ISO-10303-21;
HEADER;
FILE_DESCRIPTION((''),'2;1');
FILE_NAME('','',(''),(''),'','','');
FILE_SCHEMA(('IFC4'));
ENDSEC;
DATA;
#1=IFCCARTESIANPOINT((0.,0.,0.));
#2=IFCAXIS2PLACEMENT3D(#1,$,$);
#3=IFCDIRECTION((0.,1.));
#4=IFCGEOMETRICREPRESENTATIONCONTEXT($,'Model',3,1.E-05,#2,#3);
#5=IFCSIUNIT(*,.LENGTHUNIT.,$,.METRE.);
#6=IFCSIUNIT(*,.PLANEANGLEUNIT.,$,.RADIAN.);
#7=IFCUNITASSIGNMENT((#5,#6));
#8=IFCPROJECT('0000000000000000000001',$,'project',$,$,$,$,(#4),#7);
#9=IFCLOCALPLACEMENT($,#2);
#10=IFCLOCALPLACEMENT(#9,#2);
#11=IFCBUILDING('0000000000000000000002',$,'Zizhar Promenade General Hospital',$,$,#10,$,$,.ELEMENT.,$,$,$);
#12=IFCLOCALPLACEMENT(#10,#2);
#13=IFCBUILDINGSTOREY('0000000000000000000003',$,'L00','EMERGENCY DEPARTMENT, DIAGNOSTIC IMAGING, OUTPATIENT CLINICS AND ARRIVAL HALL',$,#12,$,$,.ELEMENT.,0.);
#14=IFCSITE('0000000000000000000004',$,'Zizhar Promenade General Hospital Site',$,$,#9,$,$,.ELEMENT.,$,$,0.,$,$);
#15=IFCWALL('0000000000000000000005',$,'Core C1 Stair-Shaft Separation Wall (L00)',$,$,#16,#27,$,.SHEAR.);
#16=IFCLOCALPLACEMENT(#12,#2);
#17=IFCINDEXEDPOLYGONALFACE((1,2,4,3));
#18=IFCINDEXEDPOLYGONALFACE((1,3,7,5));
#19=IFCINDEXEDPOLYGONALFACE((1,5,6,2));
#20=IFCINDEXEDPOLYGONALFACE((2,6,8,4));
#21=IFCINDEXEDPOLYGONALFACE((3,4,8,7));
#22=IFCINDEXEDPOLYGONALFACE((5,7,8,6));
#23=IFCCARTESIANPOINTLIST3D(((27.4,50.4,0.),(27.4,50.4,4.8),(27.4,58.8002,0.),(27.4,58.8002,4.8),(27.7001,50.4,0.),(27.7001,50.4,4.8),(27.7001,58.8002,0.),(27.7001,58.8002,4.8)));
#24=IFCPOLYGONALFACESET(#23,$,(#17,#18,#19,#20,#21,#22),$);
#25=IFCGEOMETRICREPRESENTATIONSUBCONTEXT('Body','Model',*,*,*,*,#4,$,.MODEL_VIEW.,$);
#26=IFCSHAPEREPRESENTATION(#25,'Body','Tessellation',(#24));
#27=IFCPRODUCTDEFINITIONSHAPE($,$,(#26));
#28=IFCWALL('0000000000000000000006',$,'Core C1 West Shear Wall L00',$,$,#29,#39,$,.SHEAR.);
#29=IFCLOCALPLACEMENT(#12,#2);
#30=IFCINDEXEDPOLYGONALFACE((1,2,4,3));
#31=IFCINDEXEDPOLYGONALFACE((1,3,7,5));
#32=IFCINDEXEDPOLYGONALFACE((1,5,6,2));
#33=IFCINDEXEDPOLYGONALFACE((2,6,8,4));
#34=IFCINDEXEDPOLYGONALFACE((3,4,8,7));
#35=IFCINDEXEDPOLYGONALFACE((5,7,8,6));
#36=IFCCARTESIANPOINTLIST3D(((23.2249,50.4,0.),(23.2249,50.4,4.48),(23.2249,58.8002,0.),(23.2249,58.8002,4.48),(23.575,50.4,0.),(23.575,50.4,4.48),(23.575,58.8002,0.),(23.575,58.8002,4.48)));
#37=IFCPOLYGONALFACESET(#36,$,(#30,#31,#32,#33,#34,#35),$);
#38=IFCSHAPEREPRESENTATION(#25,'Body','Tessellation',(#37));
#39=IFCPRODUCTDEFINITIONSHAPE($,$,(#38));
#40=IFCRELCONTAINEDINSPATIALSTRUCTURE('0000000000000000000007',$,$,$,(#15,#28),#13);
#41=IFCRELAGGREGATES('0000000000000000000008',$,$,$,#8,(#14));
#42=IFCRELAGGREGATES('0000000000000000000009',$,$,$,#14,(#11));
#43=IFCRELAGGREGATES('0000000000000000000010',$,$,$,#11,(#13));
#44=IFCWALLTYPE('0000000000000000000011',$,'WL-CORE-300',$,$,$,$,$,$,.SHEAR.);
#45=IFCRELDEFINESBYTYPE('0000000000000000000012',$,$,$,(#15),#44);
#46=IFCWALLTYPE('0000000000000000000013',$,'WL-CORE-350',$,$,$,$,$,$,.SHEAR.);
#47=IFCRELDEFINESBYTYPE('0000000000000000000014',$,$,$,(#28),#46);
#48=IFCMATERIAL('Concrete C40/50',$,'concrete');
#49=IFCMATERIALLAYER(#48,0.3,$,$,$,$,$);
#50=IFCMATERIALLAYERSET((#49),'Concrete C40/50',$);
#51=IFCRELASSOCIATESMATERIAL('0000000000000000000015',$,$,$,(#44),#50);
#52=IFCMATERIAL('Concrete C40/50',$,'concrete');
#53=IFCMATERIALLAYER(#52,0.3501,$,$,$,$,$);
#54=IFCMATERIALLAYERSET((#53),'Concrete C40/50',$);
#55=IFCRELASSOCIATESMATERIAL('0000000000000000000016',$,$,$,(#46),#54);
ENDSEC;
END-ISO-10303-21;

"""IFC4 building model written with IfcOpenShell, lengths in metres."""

from ifc_helpers import new_model, si_unit, direction, frame, frame_2d, origin, place, context, subcontext, project, spatial, rectangle, extrude, material, layer, layer_set, type_object, element, save


model = new_model("IFC4")

# Units and contexts
model_context = context("Model", 3, precision=1e-05, world=origin(), true_north=direction((0.0, 1.0)))
body_context = subcontext(model_context, "Body", "Model", "MODEL_VIEW")
ifc_project = project(units=[si_unit("LENGTHUNIT", "METRE"), si_unit("PLANEANGLEUNIT", "RADIAN")], contexts=[model_context])

# Site, building, storey
site_placement = place(None, origin())
site = spatial("IfcSite", under=ifc_project, at=site_placement, Name="Zizhar Promenade General Hospital Site", CompositionType="ELEMENT", RefElevation=0.0)
building_placement = place(site_placement, origin())
building = spatial("IfcBuilding", under=site, at=building_placement, Name="Zizhar Promenade General Hospital", CompositionType="ELEMENT")
storey_placement = place(building_placement, origin())
storey = spatial("IfcBuildingStorey", under=building, at=storey_placement, Name="L00", Description="EMERGENCY DEPARTMENT, DIAGNOSTIC IMAGING, OUTPATIENT CLINICS AND ARRIVAL HALL", CompositionType="ELEMENT", Elevation=0.0)

# Shared definitions
ifc_material_1 = material(Name="Concrete C40/50", Category="concrete")
ifc_layer_1 = layer(ifc_material_1, 0.3)
ifc_layer_set_1 = layer_set([ifc_layer_1], Name="Concrete C40/50")
wall_type_1 = type_object("IfcWallType", Name="WL-CORE-300", PredefinedType="SHEAR", material=ifc_layer_set_1)

# Walls
wall_1_placement = place(storey_placement, frame((27.55, 50.3999, 0.0), z_axis=(0.0, 0.0, 1.0), x_axis=(0.0, 1.0, 0.0)))
element("IfcWall", 1, at=wall_1_placement, inside=storey, type_object=wall_type_1, Name="Core C1 Stair-Shaft Separation Wall (L00)", PredefinedType="SHEAR", context=body_context, shape_type="SweptSolid", body=[
    extrude(rectangle(XDim=8.4001, YDim=0.3, at=frame_2d((4.2002, 0.0))), origin(), (0.0, 0.0, 1.0), 4.8),
])
ifc_material_2 = material(Name="Concrete C40/50", Category="concrete")
ifc_layer_2 = layer(ifc_material_2, 0.3501)
ifc_layer_set_2 = layer_set([ifc_layer_2], Name="Concrete C40/50")
wall_type_2 = type_object("IfcWallType", Name="WL-CORE-350", PredefinedType="SHEAR", material=ifc_layer_set_2)
wall_2_placement = place(storey_placement, frame((23.3999, 50.3999, 0.0), z_axis=(0.0, 0.0, 1.0), x_axis=(0.0, 1.0, 0.0)))
element("IfcWall", 2, at=wall_2_placement, inside=storey, type_object=wall_type_2, Name="Core C1 West Shear Wall L00", PredefinedType="SHEAR", context=body_context, shape_type="SweptSolid", body=[
    extrude(rectangle(XDim=8.4001, YDim=0.3501, at=frame_2d((4.2002, 0.0))), origin(), (0.0, 0.0, 1.0), 4.48),
])

save(model, "model.ifc")
